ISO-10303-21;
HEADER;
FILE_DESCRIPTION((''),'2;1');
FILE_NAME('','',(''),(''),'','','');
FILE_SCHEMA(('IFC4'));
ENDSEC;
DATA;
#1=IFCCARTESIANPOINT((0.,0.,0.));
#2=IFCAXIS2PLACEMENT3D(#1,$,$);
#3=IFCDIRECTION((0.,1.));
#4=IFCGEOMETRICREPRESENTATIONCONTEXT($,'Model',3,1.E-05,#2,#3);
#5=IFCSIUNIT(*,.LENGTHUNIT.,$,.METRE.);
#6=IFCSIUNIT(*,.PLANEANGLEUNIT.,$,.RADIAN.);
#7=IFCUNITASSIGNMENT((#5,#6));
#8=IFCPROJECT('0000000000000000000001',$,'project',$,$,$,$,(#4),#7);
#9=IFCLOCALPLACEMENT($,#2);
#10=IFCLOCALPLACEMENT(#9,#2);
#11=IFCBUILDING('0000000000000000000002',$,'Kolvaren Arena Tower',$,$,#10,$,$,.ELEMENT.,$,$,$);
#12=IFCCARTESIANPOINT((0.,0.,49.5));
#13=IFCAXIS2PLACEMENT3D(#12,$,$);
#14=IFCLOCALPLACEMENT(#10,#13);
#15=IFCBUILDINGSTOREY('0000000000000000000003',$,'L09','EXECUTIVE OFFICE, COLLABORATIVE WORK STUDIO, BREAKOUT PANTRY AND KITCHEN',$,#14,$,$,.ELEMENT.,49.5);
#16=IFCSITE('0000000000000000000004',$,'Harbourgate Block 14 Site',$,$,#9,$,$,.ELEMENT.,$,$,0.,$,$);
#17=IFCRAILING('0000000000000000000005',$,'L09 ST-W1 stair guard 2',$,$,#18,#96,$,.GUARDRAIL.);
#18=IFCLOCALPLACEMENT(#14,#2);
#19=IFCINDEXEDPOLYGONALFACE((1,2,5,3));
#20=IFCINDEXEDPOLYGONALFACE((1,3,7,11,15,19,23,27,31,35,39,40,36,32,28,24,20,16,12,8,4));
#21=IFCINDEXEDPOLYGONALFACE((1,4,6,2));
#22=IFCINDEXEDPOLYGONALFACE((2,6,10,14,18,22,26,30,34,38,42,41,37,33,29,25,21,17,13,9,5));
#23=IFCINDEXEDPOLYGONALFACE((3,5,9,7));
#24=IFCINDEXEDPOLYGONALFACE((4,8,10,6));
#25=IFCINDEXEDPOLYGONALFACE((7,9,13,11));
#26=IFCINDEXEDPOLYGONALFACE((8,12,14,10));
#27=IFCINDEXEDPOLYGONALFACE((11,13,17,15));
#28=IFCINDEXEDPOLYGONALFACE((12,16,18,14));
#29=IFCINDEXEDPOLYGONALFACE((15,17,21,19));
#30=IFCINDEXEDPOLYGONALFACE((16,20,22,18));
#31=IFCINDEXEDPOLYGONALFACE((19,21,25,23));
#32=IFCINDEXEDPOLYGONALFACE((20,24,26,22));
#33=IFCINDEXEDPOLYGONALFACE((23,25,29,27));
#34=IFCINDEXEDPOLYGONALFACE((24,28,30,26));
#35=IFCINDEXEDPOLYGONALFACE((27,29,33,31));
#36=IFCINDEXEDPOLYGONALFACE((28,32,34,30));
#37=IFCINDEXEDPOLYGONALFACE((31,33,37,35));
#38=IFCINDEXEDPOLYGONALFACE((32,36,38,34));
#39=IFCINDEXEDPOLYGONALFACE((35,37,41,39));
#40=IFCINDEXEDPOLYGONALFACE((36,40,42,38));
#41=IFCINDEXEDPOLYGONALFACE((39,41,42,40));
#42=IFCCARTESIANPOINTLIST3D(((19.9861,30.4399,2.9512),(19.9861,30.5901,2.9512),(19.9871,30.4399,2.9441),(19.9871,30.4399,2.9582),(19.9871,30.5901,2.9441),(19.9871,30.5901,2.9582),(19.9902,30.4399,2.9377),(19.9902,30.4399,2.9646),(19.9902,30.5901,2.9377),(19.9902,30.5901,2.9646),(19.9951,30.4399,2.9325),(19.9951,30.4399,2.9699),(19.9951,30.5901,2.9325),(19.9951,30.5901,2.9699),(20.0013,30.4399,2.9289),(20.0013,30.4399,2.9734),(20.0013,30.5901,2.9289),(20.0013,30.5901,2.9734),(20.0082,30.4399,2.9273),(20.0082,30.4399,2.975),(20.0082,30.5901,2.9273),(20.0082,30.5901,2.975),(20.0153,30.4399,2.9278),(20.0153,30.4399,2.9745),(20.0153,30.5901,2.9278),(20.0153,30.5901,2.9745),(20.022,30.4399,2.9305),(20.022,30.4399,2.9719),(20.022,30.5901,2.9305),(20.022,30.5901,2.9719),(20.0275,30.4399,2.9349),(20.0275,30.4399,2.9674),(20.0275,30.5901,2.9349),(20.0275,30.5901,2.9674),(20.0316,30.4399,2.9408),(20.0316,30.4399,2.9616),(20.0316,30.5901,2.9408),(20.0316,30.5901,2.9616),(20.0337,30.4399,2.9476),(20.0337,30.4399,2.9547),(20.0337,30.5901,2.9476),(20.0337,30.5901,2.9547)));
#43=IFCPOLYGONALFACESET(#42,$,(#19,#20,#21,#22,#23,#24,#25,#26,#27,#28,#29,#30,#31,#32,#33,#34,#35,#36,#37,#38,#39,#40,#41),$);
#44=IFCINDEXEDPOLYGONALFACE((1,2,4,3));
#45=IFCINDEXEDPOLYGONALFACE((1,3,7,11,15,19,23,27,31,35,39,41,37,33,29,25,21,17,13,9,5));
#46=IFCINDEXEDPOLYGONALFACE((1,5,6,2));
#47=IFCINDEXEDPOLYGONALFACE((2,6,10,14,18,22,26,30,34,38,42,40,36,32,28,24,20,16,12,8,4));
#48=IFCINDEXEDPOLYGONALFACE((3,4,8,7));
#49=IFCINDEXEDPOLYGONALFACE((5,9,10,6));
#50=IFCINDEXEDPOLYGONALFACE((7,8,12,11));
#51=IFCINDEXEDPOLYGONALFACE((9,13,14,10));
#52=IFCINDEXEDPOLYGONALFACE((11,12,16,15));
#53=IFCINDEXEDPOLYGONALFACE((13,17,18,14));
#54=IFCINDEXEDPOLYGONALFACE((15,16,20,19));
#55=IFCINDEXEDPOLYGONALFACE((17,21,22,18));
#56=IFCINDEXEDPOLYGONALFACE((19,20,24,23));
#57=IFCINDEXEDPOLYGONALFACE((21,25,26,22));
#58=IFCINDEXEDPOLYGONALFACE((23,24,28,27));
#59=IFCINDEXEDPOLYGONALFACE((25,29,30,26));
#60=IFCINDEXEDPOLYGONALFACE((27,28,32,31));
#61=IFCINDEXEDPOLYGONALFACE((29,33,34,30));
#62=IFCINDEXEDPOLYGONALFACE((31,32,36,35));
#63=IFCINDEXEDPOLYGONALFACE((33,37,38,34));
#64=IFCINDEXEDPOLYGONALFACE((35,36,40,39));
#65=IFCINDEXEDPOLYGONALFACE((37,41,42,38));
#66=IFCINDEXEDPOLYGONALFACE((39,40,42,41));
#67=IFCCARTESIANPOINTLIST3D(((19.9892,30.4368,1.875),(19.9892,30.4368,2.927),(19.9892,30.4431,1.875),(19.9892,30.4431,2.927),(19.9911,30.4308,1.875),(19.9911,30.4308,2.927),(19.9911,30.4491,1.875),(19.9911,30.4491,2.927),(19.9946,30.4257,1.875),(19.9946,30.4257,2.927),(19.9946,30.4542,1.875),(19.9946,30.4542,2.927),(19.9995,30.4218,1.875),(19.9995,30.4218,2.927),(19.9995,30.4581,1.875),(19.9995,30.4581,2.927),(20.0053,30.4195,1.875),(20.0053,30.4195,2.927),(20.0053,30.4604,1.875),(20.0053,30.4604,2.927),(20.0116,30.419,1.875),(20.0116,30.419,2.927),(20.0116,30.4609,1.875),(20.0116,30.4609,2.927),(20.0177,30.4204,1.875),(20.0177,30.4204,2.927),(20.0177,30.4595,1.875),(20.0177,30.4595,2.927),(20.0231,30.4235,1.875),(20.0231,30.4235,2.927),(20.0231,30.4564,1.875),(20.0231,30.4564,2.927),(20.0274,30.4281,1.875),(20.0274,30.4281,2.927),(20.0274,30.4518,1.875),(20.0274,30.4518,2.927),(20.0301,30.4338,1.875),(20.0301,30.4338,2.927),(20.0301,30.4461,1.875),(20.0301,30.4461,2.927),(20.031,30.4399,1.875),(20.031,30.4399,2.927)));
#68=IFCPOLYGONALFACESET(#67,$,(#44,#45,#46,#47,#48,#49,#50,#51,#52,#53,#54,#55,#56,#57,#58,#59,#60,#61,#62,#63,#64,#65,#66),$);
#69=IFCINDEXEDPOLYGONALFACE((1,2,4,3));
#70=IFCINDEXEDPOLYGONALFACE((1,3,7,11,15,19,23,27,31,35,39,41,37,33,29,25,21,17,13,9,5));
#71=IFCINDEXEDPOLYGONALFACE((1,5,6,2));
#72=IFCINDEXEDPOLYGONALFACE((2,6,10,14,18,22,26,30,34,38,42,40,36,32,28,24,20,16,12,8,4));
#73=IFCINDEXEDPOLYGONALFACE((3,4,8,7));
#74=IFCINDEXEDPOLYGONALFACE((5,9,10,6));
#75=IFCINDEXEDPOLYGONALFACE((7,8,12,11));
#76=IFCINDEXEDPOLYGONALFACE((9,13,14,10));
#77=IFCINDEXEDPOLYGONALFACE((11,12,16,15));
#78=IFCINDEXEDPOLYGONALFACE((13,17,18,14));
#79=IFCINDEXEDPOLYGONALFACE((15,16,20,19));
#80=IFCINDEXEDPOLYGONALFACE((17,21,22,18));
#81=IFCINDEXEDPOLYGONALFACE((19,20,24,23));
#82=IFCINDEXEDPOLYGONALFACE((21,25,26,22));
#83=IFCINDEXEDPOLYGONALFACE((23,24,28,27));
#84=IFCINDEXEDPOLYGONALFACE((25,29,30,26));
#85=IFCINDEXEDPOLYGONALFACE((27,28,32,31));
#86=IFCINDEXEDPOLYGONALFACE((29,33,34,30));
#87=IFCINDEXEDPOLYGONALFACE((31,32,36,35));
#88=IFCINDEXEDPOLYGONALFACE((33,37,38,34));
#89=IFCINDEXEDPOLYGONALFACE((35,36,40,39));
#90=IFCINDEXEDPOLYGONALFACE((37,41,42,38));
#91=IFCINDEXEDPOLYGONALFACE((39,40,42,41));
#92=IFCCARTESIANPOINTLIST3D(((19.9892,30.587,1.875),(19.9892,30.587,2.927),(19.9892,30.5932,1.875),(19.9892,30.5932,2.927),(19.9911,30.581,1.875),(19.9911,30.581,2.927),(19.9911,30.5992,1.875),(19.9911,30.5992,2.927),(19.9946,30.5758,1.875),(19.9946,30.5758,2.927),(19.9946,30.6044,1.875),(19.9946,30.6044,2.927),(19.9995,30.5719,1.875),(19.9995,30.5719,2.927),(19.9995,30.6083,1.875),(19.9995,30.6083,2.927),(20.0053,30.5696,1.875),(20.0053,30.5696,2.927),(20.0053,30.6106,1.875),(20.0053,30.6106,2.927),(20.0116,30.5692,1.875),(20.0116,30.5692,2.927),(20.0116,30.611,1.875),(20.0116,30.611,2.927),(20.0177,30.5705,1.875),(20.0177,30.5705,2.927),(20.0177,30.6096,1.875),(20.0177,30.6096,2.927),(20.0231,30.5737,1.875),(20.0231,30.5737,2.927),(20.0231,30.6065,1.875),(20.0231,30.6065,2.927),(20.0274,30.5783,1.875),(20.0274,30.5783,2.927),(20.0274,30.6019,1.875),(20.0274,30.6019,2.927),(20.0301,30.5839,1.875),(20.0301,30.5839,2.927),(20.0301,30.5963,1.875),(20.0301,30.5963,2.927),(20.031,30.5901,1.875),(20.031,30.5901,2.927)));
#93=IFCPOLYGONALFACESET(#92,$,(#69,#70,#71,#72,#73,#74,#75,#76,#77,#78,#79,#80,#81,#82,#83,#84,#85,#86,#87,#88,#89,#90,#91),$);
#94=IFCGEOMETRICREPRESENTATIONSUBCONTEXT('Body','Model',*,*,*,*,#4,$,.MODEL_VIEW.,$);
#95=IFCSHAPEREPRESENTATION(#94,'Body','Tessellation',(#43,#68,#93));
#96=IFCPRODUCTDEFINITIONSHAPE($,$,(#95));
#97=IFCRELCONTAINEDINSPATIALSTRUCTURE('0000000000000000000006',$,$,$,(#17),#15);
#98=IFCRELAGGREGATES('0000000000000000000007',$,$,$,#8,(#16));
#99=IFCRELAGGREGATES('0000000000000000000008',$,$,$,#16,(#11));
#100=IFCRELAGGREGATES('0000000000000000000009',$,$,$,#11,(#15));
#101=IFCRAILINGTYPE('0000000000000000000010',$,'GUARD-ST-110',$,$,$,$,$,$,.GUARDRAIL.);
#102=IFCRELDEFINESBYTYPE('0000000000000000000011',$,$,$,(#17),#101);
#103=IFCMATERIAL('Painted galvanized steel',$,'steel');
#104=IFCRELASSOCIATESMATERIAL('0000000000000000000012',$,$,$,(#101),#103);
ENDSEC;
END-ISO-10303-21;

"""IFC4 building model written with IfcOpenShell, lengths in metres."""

from ifc_helpers import new_model, si_unit, direction, frame, origin, origin_2d, place, context, subcontext, project, spatial, circle, extrude, material, type_object, element, save


model = new_model("IFC4")

# Units and contexts
model_context = context("Model", 3, precision=1e-05, world=origin(), true_north=direction((0.0, 1.0)))
body_context = subcontext(model_context, "Body", "Model", "MODEL_VIEW")
ifc_project = project(units=[si_unit("LENGTHUNIT", "METRE"), si_unit("PLANEANGLEUNIT", "RADIAN")], contexts=[model_context])

# Site, building, storey
site_placement = place(None, origin())
site = spatial("IfcSite", under=ifc_project, at=site_placement, Name="Harbourgate Block 14 Site", CompositionType="ELEMENT", RefElevation=0.0)
building_placement = place(site_placement, origin())
building = spatial("IfcBuilding", under=site, at=building_placement, Name="Kolvaren Arena Tower", CompositionType="ELEMENT")
storey_placement = place(building_placement, frame((0.0, 0.0, 49.5)))
storey = spatial("IfcBuildingStorey", under=building, at=storey_placement, Name="L09", Description="EXECUTIVE OFFICE, COLLABORATIVE WORK STUDIO, BREAKOUT PANTRY AND KITCHEN", CompositionType="ELEMENT", Elevation=49.5)

# Railing
ifc_material_1 = material(Name="Painted galvanized steel", Category="steel")
railing_type = type_object("IfcRailingType", Name="GUARD-ST-110", PredefinedType="GUARDRAIL", material=ifc_material_1)
railing_1_placement = place(storey_placement, frame((20.01, 30.4399, 1.875)))
element("IfcRailing", 1, at=railing_1_placement, inside=storey, type_object=railing_type, Name="L09 ST-W1 stair guard 2", PredefinedType="GUARDRAIL", context=body_context, shape_type="SweptSolid", body=[
    extrude(circle(Radius=0.0239, at=origin_2d()), frame((0.0, 0.0, 1.0762), z_axis=(0.0, 1.0, 0.0), x_axis=(-1.0, 0.0, 0.0)), (0.0, 0.0, 1.0), 0.1501),
    extrude(circle(Radius=0.021, at=origin_2d()), origin(), (0.0, 0.0, 1.0), 1.052),
    extrude(circle(Radius=0.021, at=origin_2d()), frame((0.0, 0.1501, 0.0)), (0.0, 0.0, 1.0), 1.052),
])

save(model, "model.ifc")
